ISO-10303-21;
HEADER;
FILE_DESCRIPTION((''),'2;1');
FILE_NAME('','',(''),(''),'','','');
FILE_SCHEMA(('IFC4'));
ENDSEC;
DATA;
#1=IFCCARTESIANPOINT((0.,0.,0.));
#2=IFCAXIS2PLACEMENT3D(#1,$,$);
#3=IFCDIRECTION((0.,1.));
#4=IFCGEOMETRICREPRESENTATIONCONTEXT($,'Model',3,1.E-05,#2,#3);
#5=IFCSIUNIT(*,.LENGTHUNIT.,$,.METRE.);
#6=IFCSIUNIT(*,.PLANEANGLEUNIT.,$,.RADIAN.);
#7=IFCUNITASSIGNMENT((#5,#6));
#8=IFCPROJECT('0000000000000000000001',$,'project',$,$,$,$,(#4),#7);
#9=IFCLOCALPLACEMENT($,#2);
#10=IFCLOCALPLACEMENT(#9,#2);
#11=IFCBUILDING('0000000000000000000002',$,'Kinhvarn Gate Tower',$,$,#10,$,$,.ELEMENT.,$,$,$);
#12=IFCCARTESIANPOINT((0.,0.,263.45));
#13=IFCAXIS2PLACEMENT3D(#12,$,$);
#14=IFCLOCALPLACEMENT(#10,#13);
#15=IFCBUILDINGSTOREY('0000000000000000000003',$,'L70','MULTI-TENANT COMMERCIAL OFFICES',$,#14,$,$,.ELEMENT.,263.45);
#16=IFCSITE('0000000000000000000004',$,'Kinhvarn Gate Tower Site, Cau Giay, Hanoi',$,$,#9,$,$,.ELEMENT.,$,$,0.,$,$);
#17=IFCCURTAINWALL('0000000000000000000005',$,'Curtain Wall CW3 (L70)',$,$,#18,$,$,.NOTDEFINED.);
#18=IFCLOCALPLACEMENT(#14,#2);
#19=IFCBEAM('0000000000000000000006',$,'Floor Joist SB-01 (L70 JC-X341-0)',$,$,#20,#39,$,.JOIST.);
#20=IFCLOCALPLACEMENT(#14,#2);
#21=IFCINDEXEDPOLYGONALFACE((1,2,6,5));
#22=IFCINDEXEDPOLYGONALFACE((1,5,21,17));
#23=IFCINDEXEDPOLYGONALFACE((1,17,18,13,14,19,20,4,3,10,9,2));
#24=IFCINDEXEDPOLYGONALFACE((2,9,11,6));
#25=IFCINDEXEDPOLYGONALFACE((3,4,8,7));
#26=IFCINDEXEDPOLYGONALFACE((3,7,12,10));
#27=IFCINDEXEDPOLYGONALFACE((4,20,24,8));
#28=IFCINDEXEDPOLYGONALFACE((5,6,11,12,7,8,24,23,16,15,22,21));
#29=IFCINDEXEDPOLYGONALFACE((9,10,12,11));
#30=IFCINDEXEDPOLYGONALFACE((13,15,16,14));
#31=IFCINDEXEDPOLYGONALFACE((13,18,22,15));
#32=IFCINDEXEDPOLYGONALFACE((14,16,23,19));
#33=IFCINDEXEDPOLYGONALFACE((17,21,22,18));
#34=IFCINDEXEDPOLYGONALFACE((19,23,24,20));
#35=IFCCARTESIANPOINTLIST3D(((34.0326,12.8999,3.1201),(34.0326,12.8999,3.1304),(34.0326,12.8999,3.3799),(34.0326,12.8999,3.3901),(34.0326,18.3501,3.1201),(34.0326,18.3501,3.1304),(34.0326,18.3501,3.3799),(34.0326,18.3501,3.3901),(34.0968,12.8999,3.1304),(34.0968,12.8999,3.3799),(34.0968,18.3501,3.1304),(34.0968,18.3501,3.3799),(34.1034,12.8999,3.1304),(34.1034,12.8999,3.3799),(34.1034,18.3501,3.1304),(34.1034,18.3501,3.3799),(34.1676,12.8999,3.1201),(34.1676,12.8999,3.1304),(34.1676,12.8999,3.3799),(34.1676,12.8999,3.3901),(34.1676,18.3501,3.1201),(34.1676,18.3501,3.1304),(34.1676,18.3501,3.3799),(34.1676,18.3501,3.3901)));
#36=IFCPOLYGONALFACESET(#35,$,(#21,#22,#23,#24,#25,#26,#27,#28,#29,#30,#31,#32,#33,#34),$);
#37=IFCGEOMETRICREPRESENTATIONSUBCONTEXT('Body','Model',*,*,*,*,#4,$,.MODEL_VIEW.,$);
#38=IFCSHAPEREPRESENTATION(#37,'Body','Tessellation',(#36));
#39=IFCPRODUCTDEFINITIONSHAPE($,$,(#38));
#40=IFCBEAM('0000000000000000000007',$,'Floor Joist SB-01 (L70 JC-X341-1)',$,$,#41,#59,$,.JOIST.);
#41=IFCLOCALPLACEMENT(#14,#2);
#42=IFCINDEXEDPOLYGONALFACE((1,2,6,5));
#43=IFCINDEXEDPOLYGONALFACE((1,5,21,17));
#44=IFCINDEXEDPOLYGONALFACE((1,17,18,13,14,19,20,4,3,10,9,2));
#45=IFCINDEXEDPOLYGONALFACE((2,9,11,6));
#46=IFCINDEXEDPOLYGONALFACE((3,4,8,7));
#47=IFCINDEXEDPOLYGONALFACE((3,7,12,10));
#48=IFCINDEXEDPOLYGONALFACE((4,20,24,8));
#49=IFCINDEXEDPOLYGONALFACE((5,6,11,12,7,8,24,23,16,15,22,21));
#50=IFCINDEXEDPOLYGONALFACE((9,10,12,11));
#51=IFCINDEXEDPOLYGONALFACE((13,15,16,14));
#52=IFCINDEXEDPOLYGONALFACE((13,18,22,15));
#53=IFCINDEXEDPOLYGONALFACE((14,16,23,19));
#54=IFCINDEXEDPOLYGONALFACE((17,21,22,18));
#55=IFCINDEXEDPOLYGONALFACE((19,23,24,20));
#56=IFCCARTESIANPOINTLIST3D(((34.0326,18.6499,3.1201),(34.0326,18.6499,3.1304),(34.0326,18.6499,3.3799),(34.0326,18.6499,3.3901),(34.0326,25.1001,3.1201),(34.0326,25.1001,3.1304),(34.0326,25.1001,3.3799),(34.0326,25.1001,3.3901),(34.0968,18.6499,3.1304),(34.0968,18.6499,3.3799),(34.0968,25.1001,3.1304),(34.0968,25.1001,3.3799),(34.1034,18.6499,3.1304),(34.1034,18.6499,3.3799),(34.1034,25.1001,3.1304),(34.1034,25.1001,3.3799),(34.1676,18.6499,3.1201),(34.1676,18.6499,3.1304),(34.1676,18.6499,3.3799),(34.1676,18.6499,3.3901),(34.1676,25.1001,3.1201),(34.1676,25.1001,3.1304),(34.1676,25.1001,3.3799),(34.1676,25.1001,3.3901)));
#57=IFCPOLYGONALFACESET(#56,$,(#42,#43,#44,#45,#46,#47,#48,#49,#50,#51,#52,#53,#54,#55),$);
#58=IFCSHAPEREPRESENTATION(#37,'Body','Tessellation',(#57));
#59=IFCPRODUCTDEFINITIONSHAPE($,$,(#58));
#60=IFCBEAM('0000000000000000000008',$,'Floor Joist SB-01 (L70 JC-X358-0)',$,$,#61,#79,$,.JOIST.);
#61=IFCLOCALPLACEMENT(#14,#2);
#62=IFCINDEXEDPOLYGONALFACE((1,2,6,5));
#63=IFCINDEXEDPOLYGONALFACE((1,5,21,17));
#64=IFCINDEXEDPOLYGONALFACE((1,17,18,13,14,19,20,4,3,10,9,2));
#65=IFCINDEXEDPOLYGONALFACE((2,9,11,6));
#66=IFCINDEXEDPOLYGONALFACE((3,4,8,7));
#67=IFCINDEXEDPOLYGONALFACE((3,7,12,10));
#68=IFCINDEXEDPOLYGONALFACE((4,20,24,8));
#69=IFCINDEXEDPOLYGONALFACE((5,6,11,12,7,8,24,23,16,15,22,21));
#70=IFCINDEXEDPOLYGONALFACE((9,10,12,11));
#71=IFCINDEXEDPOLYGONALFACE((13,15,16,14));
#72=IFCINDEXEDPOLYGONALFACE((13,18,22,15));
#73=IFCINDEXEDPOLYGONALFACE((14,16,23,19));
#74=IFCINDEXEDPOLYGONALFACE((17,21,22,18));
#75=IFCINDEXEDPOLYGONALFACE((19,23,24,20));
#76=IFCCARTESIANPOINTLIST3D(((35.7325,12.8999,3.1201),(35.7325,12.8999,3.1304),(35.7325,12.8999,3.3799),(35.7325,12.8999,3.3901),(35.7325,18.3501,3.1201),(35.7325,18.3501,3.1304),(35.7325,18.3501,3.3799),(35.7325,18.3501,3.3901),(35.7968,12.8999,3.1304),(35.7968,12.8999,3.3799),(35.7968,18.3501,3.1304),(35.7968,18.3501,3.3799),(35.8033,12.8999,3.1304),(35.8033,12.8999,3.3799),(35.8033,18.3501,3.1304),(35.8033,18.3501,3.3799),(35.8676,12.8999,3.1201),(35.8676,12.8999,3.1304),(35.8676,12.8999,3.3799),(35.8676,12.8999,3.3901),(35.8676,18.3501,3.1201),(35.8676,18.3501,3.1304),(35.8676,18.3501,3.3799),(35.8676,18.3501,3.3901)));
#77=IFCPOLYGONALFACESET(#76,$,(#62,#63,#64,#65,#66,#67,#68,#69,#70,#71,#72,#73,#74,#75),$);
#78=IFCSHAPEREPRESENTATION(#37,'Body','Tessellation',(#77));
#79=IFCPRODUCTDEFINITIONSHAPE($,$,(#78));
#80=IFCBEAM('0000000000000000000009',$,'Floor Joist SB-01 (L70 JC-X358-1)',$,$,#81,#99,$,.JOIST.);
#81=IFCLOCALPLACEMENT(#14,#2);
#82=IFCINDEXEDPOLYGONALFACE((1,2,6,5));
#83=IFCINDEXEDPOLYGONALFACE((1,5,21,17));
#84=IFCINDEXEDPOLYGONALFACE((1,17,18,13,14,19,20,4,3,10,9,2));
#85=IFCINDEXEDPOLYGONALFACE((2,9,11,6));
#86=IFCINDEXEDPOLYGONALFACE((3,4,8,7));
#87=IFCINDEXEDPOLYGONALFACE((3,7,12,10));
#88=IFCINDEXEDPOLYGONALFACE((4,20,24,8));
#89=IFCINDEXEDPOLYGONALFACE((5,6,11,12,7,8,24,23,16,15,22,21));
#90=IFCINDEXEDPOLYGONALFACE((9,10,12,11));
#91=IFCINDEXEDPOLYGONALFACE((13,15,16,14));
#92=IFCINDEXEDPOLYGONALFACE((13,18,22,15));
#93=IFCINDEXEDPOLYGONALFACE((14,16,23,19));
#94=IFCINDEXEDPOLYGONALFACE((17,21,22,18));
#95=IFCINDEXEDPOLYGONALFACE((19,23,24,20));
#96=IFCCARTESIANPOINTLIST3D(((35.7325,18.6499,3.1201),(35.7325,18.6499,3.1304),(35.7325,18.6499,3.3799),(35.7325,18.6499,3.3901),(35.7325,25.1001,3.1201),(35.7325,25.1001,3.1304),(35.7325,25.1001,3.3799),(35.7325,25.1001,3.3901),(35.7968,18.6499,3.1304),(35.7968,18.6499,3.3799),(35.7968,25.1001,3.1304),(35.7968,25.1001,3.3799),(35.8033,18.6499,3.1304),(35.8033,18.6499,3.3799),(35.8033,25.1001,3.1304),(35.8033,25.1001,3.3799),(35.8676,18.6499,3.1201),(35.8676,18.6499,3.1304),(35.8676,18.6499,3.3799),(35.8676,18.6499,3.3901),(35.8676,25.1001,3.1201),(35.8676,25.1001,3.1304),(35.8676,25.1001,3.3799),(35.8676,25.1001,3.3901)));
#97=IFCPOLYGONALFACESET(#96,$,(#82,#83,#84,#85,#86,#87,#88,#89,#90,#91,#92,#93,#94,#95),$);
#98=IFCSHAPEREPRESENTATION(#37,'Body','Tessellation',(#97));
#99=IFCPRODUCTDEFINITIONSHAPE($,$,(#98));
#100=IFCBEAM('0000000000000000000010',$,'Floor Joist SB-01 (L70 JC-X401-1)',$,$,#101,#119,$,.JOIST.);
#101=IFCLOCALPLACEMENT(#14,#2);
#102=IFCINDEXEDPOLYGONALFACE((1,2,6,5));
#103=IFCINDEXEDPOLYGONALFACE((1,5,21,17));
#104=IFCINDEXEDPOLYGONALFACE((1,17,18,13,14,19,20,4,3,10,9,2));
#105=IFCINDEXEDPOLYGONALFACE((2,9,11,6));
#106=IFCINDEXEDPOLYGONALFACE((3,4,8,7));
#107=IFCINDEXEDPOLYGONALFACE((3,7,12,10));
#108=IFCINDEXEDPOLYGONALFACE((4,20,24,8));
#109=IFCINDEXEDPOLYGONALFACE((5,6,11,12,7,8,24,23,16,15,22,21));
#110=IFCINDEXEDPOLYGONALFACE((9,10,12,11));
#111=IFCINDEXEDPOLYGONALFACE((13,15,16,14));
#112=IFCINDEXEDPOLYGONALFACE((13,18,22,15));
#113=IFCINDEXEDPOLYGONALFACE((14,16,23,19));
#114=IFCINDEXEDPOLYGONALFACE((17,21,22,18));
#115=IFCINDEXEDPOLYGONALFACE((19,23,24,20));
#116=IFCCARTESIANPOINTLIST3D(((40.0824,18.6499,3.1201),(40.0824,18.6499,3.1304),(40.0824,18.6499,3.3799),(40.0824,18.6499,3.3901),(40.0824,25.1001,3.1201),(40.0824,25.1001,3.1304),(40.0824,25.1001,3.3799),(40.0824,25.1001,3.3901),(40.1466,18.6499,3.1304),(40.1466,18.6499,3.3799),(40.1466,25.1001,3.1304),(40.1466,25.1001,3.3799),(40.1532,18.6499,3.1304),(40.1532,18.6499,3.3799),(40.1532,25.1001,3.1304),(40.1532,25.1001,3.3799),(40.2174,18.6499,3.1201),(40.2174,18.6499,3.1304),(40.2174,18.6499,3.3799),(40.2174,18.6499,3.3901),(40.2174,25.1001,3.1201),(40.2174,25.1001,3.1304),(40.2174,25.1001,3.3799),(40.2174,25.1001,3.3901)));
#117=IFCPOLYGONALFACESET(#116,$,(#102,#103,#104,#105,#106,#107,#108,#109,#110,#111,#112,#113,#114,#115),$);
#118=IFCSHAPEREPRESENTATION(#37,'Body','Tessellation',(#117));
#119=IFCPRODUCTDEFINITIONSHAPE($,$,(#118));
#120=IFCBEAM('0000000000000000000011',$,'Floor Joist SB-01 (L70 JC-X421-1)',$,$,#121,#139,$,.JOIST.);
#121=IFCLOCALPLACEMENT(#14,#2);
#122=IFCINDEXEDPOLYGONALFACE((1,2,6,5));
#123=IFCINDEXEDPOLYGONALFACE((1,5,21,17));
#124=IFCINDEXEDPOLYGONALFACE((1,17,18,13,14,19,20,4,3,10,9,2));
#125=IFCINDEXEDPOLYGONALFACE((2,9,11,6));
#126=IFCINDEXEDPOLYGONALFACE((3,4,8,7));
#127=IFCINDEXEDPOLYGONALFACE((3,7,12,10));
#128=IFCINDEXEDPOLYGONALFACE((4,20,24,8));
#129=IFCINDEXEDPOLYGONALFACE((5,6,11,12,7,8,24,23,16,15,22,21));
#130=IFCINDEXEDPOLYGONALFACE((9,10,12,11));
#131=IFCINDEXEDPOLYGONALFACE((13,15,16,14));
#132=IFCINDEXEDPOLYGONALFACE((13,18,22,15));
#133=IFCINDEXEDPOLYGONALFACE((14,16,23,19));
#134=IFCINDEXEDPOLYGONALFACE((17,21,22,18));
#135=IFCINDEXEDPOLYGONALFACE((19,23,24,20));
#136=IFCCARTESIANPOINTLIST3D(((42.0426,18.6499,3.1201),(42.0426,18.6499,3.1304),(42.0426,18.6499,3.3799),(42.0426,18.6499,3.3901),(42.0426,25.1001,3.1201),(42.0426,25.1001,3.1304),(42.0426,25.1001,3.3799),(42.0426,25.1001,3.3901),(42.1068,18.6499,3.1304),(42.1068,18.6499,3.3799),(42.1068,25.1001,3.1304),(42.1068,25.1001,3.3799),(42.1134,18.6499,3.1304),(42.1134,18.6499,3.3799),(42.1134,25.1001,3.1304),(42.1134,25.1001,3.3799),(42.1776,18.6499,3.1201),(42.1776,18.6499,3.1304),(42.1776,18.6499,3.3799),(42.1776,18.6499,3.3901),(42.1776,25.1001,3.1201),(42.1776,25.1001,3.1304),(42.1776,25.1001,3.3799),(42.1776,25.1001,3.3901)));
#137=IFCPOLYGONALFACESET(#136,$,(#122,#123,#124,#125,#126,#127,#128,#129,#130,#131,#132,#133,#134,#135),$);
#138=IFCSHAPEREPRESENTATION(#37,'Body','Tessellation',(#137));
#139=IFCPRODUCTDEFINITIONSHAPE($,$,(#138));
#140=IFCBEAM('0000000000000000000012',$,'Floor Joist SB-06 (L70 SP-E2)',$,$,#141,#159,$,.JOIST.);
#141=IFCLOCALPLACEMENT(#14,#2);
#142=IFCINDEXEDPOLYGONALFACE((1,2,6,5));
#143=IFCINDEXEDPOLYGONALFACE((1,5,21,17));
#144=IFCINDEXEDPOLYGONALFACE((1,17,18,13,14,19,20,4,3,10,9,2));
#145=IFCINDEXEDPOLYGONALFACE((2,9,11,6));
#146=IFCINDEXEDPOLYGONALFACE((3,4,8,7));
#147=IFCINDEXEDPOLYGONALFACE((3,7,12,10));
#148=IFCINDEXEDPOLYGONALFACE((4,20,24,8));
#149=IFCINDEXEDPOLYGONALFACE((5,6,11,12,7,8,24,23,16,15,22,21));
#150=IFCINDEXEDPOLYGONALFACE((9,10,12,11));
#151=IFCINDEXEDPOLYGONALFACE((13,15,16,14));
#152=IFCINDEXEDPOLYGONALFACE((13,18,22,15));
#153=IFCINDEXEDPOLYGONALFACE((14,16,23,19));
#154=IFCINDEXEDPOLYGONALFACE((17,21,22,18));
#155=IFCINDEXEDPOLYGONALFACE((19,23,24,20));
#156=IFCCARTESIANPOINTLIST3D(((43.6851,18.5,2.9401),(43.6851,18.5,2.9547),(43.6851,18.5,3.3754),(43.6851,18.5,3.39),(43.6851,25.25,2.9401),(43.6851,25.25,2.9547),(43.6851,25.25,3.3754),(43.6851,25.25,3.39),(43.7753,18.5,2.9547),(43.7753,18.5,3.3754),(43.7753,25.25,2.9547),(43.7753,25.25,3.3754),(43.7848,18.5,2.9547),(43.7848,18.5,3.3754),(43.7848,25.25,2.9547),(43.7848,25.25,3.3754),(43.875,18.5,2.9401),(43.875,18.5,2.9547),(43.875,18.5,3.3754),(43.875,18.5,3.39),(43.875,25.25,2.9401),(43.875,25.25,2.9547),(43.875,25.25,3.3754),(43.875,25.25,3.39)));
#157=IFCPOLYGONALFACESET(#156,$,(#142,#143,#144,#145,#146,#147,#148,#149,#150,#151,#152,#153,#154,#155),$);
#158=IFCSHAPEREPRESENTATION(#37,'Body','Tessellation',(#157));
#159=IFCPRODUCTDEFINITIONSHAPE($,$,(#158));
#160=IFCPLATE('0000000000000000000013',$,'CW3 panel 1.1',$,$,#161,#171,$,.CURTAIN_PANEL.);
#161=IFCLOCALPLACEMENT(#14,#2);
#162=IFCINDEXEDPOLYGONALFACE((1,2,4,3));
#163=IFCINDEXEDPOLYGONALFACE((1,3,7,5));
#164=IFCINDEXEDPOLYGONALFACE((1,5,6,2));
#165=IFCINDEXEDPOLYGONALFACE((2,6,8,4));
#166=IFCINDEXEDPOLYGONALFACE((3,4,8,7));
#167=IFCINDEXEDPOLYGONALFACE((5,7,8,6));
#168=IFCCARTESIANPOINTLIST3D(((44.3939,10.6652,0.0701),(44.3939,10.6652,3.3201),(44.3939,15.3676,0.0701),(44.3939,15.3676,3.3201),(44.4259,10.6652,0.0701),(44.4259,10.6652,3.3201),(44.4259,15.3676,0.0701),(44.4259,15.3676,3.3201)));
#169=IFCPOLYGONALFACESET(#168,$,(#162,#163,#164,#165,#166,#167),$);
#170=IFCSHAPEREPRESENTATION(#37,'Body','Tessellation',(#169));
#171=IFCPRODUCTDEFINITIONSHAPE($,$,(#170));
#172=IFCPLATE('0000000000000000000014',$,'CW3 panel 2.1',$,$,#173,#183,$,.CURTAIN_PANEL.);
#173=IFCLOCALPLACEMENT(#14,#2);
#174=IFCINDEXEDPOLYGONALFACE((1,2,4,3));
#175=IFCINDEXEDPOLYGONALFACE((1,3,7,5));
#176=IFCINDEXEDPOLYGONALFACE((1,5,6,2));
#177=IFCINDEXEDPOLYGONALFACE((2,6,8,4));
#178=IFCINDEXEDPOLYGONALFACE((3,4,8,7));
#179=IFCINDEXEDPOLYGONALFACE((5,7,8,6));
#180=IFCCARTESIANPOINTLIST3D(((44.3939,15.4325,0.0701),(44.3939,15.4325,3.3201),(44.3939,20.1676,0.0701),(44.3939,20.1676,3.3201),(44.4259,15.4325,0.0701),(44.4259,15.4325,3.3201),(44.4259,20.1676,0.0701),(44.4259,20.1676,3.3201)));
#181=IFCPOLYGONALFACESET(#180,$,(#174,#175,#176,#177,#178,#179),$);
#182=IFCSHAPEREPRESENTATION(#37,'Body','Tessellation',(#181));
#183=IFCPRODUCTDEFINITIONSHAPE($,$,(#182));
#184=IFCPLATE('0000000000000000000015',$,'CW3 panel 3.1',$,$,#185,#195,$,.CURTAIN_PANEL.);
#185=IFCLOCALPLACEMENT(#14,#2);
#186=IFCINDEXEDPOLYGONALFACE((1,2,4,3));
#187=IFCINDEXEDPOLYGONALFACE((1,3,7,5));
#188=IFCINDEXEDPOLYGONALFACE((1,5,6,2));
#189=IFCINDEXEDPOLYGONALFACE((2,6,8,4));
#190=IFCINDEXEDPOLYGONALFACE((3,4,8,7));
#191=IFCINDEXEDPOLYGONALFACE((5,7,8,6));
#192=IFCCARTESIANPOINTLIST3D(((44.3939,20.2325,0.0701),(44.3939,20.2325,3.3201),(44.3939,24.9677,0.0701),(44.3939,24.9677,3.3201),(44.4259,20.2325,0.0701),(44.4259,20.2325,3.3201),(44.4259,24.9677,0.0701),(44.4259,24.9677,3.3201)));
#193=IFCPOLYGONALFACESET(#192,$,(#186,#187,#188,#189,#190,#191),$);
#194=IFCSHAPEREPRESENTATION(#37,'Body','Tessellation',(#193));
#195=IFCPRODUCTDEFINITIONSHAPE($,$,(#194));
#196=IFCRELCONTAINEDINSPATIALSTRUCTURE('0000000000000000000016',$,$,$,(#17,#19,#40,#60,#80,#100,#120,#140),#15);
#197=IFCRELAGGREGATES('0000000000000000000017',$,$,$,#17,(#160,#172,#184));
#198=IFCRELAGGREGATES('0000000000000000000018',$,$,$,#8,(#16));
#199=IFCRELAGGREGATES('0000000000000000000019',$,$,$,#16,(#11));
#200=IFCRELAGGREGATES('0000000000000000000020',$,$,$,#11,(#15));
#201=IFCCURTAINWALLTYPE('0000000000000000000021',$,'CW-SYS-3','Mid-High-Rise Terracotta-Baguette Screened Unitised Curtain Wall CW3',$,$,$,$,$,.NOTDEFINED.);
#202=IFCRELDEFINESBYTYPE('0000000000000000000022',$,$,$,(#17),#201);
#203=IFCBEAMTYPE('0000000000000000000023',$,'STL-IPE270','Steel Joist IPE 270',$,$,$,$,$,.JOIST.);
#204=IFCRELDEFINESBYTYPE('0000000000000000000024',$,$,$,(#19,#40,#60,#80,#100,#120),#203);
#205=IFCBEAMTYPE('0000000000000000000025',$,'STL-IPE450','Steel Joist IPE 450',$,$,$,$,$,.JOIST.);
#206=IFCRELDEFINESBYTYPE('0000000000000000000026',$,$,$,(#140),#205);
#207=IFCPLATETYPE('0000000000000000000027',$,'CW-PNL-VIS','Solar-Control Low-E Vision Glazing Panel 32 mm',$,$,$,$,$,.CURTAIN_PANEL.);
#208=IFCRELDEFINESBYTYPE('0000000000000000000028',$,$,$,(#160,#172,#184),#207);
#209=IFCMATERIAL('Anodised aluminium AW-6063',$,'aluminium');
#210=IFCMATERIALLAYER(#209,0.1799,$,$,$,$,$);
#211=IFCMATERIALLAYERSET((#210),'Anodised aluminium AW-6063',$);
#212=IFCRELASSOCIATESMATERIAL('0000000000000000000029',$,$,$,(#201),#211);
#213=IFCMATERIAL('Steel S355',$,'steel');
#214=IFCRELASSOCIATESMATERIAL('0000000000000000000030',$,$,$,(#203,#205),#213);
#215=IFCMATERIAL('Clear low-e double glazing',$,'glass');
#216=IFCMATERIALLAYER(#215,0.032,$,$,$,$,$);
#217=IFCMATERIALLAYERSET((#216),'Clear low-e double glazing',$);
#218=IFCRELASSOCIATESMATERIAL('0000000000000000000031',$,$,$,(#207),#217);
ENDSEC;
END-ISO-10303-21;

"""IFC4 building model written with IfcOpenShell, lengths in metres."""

from ifc_helpers import new_model, si_unit, direction, frame, origin, origin_2d, place, context, subcontext, project, spatial, rectangle, i_section, extrude, material, layer, layer_set, material_profile, profile_set, type_object, element, aggregate, save


model = new_model("IFC4")

# Units and contexts
model_context = context("Model", 3, precision=1e-05, world=origin(), true_north=direction((0.0, 1.0)))
body_context = subcontext(model_context, "Body", "Model", "MODEL_VIEW")
ifc_project = project(units=[si_unit("LENGTHUNIT", "METRE"), si_unit("PLANEANGLEUNIT", "RADIAN")], contexts=[model_context])

# Site, building, storey
site_placement = place(None, origin())
site = spatial("IfcSite", under=ifc_project, at=site_placement, Name="Kinhvarn Gate Tower Site, Cau Giay, Hanoi", CompositionType="ELEMENT", RefElevation=0.0)
building_placement = place(site_placement, origin())
building = spatial("IfcBuilding", under=site, at=building_placement, Name="Kinhvarn Gate Tower", CompositionType="ELEMENT")
storey_placement = place(building_placement, frame((0.0, 0.0, 263.45)))
storey = spatial("IfcBuildingStorey", under=building, at=storey_placement, Name="L70", Description="MULTI-TENANT COMMERCIAL OFFICES", CompositionType="ELEMENT", Elevation=263.45)

# Curtain wall
ifc_material_1 = material(Name="Anodised aluminium AW-6063", Category="aluminium")
ifc_layer_1 = layer(ifc_material_1, 0.1799)
ifc_layer_set_1 = layer_set([ifc_layer_1], Name="Anodised aluminium AW-6063")
curtain_wall_type = type_object("IfcCurtainWallType", Name="CW-SYS-3", Description="Mid-High-Rise Terracotta-Baguette Screened Unitised Curtain Wall CW3", PredefinedType="NOTDEFINED", material=ifc_layer_set_1)
curtain_wall_placement = place(storey_placement, origin())
curtain_wall = element("IfcCurtainWall", 1, at=curtain_wall_placement, inside=storey, type_object=curtain_wall_type, Name="Curtain Wall CW3 (L70)", PredefinedType="NOTDEFINED")

# Beams
ifc_material_2 = material(Name="Steel S355", Category="steel")
ifc_material_profile_1 = material_profile(ifc_material_2, i_section(OverallWidth=0.135, OverallDepth=0.27, WebThickness=0.0066, FlangeThickness=0.0103, at=origin_2d()), Name="IPE 270")
ifc_profile_set_1 = profile_set([ifc_material_profile_1], Name="Steel S355")
beam_type_1 = type_object("IfcBeamType", Name="STL-IPE270", Description="Steel Joist IPE 270", PredefinedType="JOIST", material=ifc_profile_set_1)
beam_1_placement = place(storey_placement, frame((34.1001, 12.8999, 3.2551), z_axis=(0.0, 1.0, 0.0), x_axis=(-1.0, 0.0, 0.0)))
element("IfcBeam", 2, at=beam_1_placement, inside=storey, type_object=beam_type_1, Name="Floor Joist SB-01 (L70 JC-X341-0)", PredefinedType="JOIST", context=body_context, shape_type="SweptSolid", body=[
    extrude(i_section(OverallWidth=0.135, OverallDepth=0.27, WebThickness=0.0066, FlangeThickness=0.0103, at=origin_2d()), origin(), (0.0, 0.0, 1.0), 5.4502),
])
beam_2_placement = place(storey_placement, frame((34.1001, 18.6499, 3.2551), z_axis=(0.0, 1.0, 0.0), x_axis=(-1.0, 0.0, 0.0)))
element("IfcBeam", 3, at=beam_2_placement, inside=storey, type_object=beam_type_1, Name="Floor Joist SB-01 (L70 JC-X341-1)", PredefinedType="JOIST", context=body_context, shape_type="SweptSolid", body=[
    extrude(i_section(OverallWidth=0.135, OverallDepth=0.27, WebThickness=0.0066, FlangeThickness=0.0103, at=origin_2d()), origin(), (0.0, 0.0, 1.0), 6.4502),
])
beam_3_placement = place(storey_placement, frame((35.8, 12.8999, 3.2551), z_axis=(0.0, 1.0, 0.0), x_axis=(-1.0, 0.0, 0.0)))
element("IfcBeam", 4, at=beam_3_placement, inside=storey, type_object=beam_type_1, Name="Floor Joist SB-01 (L70 JC-X358-0)", PredefinedType="JOIST", context=body_context, shape_type="SweptSolid", body=[
    extrude(i_section(OverallWidth=0.135, OverallDepth=0.27, WebThickness=0.0066, FlangeThickness=0.0103, at=origin_2d()), origin(), (0.0, 0.0, 1.0), 5.4502),
])
for number, where, z_axis, x_axis, name in (
    (5, (35.8, 18.6499, 3.2551), (0.0, 1.0, 0.0), (-1.0, 0.0, 0.0), "Floor Joist SB-01 (L70 JC-X358-1)"),
    (6, (40.1499, 18.6499, 3.2551), (0.0, 1.0, 0.0), (-1.0, 0.0, 0.0), "Floor Joist SB-01 (L70 JC-X401-1)"),
    (7, (42.1101, 18.6499, 3.2551), (0.0, 1.0, 0.0), (-1.0, 0.0, 0.0), "Floor Joist SB-01 (L70 JC-X421-1)"),
):
    element("IfcBeam", number, at=place(storey_placement, frame(where, z_axis=z_axis, x_axis=x_axis)), inside=storey, type_object=beam_type_1, Name=name, PredefinedType="JOIST", context=body_context, shape_type="SweptSolid", body=[
        extrude(i_section(OverallWidth=0.135, OverallDepth=0.27, WebThickness=0.0066, FlangeThickness=0.0103, at=origin_2d()), origin(), (0.0, 0.0, 1.0), 6.4502),
    ])
ifc_material_profile_2 = material_profile(ifc_material_2, i_section(OverallWidth=0.1899, OverallDepth=0.45, WebThickness=0.0095, FlangeThickness=0.0146, at=origin_2d()), Name="IPE 450")
ifc_profile_set_2 = profile_set([ifc_material_profile_2], Name="Steel S355")
beam_type_2 = type_object("IfcBeamType", Name="STL-IPE450", Description="Steel Joist IPE 450", PredefinedType="JOIST", material=ifc_profile_set_2)
beam_4_placement = place(storey_placement, frame((43.78, 18.5, 3.165), z_axis=(0.0, 1.0, 0.0), x_axis=(-1.0, 0.0, 0.0)))
element("IfcBeam", 8, at=beam_4_placement, inside=storey, type_object=beam_type_2, Name="Floor Joist SB-06 (L70 SP-E2)", PredefinedType="JOIST", context=body_context, shape_type="SweptSolid", body=[
    extrude(i_section(OverallWidth=0.1899, OverallDepth=0.45, WebThickness=0.0095, FlangeThickness=0.0146, at=origin_2d()), origin(), (0.0, 0.0, 1.0), 6.75),
])

# Plates
ifc_material_3 = material(Name="Clear low-e double glazing", Category="glass")
ifc_layer_2 = layer(ifc_material_3, 0.032)
ifc_layer_set_2 = layer_set([ifc_layer_2], Name="Clear low-e double glazing")
plate_type = type_object("IfcPlateType", Name="CW-PNL-VIS", Description="Solar-Control Low-E Vision Glazing Panel 32 mm", PredefinedType="CURTAIN_PANEL", material=ifc_layer_set_2)
plate_1_placement = place(storey_placement, frame((44.4099, 13.0164, 0.0701), z_axis=(0.0, 0.0, 1.0), x_axis=(0.0, 1.0, 0.0)))
plate_1 = element("IfcPlate", 9, at=plate_1_placement, type_object=plate_type, Name="CW3 panel 1.1", PredefinedType="CURTAIN_PANEL", context=body_context, shape_type="SweptSolid", body=[
    extrude(rectangle(XDim=4.7024, YDim=0.032, at=origin_2d()), origin(), (0.0, 0.0, 1.0), 3.25),
])
plate_2_placement = place(storey_placement, frame((44.4099, 17.8, 0.0701), z_axis=(0.0, 0.0, 1.0), x_axis=(0.0, 1.0, 0.0)))
plate_2 = element("IfcPlate", 10, at=plate_2_placement, type_object=plate_type, Name="CW3 panel 2.1", PredefinedType="CURTAIN_PANEL", context=body_context, shape_type="SweptSolid", body=[
    extrude(rectangle(XDim=4.7351, YDim=0.032, at=origin_2d()), origin(), (0.0, 0.0, 1.0), 3.25),
])
plate_3_placement = place(storey_placement, frame((44.4099, 22.6001, 0.0701), z_axis=(0.0, 0.0, 1.0), x_axis=(0.0, 1.0, 0.0)))
plate_3 = element("IfcPlate", 11, at=plate_3_placement, type_object=plate_type, Name="CW3 panel 3.1", PredefinedType="CURTAIN_PANEL", context=body_context, shape_type="SweptSolid", body=[
    extrude(rectangle(XDim=4.7351, YDim=0.032, at=origin_2d()), origin(), (0.0, 0.0, 1.0), 3.25),
])
aggregate(curtain_wall, [plate_1, plate_2, plate_3])

save(model, "model.ifc")
